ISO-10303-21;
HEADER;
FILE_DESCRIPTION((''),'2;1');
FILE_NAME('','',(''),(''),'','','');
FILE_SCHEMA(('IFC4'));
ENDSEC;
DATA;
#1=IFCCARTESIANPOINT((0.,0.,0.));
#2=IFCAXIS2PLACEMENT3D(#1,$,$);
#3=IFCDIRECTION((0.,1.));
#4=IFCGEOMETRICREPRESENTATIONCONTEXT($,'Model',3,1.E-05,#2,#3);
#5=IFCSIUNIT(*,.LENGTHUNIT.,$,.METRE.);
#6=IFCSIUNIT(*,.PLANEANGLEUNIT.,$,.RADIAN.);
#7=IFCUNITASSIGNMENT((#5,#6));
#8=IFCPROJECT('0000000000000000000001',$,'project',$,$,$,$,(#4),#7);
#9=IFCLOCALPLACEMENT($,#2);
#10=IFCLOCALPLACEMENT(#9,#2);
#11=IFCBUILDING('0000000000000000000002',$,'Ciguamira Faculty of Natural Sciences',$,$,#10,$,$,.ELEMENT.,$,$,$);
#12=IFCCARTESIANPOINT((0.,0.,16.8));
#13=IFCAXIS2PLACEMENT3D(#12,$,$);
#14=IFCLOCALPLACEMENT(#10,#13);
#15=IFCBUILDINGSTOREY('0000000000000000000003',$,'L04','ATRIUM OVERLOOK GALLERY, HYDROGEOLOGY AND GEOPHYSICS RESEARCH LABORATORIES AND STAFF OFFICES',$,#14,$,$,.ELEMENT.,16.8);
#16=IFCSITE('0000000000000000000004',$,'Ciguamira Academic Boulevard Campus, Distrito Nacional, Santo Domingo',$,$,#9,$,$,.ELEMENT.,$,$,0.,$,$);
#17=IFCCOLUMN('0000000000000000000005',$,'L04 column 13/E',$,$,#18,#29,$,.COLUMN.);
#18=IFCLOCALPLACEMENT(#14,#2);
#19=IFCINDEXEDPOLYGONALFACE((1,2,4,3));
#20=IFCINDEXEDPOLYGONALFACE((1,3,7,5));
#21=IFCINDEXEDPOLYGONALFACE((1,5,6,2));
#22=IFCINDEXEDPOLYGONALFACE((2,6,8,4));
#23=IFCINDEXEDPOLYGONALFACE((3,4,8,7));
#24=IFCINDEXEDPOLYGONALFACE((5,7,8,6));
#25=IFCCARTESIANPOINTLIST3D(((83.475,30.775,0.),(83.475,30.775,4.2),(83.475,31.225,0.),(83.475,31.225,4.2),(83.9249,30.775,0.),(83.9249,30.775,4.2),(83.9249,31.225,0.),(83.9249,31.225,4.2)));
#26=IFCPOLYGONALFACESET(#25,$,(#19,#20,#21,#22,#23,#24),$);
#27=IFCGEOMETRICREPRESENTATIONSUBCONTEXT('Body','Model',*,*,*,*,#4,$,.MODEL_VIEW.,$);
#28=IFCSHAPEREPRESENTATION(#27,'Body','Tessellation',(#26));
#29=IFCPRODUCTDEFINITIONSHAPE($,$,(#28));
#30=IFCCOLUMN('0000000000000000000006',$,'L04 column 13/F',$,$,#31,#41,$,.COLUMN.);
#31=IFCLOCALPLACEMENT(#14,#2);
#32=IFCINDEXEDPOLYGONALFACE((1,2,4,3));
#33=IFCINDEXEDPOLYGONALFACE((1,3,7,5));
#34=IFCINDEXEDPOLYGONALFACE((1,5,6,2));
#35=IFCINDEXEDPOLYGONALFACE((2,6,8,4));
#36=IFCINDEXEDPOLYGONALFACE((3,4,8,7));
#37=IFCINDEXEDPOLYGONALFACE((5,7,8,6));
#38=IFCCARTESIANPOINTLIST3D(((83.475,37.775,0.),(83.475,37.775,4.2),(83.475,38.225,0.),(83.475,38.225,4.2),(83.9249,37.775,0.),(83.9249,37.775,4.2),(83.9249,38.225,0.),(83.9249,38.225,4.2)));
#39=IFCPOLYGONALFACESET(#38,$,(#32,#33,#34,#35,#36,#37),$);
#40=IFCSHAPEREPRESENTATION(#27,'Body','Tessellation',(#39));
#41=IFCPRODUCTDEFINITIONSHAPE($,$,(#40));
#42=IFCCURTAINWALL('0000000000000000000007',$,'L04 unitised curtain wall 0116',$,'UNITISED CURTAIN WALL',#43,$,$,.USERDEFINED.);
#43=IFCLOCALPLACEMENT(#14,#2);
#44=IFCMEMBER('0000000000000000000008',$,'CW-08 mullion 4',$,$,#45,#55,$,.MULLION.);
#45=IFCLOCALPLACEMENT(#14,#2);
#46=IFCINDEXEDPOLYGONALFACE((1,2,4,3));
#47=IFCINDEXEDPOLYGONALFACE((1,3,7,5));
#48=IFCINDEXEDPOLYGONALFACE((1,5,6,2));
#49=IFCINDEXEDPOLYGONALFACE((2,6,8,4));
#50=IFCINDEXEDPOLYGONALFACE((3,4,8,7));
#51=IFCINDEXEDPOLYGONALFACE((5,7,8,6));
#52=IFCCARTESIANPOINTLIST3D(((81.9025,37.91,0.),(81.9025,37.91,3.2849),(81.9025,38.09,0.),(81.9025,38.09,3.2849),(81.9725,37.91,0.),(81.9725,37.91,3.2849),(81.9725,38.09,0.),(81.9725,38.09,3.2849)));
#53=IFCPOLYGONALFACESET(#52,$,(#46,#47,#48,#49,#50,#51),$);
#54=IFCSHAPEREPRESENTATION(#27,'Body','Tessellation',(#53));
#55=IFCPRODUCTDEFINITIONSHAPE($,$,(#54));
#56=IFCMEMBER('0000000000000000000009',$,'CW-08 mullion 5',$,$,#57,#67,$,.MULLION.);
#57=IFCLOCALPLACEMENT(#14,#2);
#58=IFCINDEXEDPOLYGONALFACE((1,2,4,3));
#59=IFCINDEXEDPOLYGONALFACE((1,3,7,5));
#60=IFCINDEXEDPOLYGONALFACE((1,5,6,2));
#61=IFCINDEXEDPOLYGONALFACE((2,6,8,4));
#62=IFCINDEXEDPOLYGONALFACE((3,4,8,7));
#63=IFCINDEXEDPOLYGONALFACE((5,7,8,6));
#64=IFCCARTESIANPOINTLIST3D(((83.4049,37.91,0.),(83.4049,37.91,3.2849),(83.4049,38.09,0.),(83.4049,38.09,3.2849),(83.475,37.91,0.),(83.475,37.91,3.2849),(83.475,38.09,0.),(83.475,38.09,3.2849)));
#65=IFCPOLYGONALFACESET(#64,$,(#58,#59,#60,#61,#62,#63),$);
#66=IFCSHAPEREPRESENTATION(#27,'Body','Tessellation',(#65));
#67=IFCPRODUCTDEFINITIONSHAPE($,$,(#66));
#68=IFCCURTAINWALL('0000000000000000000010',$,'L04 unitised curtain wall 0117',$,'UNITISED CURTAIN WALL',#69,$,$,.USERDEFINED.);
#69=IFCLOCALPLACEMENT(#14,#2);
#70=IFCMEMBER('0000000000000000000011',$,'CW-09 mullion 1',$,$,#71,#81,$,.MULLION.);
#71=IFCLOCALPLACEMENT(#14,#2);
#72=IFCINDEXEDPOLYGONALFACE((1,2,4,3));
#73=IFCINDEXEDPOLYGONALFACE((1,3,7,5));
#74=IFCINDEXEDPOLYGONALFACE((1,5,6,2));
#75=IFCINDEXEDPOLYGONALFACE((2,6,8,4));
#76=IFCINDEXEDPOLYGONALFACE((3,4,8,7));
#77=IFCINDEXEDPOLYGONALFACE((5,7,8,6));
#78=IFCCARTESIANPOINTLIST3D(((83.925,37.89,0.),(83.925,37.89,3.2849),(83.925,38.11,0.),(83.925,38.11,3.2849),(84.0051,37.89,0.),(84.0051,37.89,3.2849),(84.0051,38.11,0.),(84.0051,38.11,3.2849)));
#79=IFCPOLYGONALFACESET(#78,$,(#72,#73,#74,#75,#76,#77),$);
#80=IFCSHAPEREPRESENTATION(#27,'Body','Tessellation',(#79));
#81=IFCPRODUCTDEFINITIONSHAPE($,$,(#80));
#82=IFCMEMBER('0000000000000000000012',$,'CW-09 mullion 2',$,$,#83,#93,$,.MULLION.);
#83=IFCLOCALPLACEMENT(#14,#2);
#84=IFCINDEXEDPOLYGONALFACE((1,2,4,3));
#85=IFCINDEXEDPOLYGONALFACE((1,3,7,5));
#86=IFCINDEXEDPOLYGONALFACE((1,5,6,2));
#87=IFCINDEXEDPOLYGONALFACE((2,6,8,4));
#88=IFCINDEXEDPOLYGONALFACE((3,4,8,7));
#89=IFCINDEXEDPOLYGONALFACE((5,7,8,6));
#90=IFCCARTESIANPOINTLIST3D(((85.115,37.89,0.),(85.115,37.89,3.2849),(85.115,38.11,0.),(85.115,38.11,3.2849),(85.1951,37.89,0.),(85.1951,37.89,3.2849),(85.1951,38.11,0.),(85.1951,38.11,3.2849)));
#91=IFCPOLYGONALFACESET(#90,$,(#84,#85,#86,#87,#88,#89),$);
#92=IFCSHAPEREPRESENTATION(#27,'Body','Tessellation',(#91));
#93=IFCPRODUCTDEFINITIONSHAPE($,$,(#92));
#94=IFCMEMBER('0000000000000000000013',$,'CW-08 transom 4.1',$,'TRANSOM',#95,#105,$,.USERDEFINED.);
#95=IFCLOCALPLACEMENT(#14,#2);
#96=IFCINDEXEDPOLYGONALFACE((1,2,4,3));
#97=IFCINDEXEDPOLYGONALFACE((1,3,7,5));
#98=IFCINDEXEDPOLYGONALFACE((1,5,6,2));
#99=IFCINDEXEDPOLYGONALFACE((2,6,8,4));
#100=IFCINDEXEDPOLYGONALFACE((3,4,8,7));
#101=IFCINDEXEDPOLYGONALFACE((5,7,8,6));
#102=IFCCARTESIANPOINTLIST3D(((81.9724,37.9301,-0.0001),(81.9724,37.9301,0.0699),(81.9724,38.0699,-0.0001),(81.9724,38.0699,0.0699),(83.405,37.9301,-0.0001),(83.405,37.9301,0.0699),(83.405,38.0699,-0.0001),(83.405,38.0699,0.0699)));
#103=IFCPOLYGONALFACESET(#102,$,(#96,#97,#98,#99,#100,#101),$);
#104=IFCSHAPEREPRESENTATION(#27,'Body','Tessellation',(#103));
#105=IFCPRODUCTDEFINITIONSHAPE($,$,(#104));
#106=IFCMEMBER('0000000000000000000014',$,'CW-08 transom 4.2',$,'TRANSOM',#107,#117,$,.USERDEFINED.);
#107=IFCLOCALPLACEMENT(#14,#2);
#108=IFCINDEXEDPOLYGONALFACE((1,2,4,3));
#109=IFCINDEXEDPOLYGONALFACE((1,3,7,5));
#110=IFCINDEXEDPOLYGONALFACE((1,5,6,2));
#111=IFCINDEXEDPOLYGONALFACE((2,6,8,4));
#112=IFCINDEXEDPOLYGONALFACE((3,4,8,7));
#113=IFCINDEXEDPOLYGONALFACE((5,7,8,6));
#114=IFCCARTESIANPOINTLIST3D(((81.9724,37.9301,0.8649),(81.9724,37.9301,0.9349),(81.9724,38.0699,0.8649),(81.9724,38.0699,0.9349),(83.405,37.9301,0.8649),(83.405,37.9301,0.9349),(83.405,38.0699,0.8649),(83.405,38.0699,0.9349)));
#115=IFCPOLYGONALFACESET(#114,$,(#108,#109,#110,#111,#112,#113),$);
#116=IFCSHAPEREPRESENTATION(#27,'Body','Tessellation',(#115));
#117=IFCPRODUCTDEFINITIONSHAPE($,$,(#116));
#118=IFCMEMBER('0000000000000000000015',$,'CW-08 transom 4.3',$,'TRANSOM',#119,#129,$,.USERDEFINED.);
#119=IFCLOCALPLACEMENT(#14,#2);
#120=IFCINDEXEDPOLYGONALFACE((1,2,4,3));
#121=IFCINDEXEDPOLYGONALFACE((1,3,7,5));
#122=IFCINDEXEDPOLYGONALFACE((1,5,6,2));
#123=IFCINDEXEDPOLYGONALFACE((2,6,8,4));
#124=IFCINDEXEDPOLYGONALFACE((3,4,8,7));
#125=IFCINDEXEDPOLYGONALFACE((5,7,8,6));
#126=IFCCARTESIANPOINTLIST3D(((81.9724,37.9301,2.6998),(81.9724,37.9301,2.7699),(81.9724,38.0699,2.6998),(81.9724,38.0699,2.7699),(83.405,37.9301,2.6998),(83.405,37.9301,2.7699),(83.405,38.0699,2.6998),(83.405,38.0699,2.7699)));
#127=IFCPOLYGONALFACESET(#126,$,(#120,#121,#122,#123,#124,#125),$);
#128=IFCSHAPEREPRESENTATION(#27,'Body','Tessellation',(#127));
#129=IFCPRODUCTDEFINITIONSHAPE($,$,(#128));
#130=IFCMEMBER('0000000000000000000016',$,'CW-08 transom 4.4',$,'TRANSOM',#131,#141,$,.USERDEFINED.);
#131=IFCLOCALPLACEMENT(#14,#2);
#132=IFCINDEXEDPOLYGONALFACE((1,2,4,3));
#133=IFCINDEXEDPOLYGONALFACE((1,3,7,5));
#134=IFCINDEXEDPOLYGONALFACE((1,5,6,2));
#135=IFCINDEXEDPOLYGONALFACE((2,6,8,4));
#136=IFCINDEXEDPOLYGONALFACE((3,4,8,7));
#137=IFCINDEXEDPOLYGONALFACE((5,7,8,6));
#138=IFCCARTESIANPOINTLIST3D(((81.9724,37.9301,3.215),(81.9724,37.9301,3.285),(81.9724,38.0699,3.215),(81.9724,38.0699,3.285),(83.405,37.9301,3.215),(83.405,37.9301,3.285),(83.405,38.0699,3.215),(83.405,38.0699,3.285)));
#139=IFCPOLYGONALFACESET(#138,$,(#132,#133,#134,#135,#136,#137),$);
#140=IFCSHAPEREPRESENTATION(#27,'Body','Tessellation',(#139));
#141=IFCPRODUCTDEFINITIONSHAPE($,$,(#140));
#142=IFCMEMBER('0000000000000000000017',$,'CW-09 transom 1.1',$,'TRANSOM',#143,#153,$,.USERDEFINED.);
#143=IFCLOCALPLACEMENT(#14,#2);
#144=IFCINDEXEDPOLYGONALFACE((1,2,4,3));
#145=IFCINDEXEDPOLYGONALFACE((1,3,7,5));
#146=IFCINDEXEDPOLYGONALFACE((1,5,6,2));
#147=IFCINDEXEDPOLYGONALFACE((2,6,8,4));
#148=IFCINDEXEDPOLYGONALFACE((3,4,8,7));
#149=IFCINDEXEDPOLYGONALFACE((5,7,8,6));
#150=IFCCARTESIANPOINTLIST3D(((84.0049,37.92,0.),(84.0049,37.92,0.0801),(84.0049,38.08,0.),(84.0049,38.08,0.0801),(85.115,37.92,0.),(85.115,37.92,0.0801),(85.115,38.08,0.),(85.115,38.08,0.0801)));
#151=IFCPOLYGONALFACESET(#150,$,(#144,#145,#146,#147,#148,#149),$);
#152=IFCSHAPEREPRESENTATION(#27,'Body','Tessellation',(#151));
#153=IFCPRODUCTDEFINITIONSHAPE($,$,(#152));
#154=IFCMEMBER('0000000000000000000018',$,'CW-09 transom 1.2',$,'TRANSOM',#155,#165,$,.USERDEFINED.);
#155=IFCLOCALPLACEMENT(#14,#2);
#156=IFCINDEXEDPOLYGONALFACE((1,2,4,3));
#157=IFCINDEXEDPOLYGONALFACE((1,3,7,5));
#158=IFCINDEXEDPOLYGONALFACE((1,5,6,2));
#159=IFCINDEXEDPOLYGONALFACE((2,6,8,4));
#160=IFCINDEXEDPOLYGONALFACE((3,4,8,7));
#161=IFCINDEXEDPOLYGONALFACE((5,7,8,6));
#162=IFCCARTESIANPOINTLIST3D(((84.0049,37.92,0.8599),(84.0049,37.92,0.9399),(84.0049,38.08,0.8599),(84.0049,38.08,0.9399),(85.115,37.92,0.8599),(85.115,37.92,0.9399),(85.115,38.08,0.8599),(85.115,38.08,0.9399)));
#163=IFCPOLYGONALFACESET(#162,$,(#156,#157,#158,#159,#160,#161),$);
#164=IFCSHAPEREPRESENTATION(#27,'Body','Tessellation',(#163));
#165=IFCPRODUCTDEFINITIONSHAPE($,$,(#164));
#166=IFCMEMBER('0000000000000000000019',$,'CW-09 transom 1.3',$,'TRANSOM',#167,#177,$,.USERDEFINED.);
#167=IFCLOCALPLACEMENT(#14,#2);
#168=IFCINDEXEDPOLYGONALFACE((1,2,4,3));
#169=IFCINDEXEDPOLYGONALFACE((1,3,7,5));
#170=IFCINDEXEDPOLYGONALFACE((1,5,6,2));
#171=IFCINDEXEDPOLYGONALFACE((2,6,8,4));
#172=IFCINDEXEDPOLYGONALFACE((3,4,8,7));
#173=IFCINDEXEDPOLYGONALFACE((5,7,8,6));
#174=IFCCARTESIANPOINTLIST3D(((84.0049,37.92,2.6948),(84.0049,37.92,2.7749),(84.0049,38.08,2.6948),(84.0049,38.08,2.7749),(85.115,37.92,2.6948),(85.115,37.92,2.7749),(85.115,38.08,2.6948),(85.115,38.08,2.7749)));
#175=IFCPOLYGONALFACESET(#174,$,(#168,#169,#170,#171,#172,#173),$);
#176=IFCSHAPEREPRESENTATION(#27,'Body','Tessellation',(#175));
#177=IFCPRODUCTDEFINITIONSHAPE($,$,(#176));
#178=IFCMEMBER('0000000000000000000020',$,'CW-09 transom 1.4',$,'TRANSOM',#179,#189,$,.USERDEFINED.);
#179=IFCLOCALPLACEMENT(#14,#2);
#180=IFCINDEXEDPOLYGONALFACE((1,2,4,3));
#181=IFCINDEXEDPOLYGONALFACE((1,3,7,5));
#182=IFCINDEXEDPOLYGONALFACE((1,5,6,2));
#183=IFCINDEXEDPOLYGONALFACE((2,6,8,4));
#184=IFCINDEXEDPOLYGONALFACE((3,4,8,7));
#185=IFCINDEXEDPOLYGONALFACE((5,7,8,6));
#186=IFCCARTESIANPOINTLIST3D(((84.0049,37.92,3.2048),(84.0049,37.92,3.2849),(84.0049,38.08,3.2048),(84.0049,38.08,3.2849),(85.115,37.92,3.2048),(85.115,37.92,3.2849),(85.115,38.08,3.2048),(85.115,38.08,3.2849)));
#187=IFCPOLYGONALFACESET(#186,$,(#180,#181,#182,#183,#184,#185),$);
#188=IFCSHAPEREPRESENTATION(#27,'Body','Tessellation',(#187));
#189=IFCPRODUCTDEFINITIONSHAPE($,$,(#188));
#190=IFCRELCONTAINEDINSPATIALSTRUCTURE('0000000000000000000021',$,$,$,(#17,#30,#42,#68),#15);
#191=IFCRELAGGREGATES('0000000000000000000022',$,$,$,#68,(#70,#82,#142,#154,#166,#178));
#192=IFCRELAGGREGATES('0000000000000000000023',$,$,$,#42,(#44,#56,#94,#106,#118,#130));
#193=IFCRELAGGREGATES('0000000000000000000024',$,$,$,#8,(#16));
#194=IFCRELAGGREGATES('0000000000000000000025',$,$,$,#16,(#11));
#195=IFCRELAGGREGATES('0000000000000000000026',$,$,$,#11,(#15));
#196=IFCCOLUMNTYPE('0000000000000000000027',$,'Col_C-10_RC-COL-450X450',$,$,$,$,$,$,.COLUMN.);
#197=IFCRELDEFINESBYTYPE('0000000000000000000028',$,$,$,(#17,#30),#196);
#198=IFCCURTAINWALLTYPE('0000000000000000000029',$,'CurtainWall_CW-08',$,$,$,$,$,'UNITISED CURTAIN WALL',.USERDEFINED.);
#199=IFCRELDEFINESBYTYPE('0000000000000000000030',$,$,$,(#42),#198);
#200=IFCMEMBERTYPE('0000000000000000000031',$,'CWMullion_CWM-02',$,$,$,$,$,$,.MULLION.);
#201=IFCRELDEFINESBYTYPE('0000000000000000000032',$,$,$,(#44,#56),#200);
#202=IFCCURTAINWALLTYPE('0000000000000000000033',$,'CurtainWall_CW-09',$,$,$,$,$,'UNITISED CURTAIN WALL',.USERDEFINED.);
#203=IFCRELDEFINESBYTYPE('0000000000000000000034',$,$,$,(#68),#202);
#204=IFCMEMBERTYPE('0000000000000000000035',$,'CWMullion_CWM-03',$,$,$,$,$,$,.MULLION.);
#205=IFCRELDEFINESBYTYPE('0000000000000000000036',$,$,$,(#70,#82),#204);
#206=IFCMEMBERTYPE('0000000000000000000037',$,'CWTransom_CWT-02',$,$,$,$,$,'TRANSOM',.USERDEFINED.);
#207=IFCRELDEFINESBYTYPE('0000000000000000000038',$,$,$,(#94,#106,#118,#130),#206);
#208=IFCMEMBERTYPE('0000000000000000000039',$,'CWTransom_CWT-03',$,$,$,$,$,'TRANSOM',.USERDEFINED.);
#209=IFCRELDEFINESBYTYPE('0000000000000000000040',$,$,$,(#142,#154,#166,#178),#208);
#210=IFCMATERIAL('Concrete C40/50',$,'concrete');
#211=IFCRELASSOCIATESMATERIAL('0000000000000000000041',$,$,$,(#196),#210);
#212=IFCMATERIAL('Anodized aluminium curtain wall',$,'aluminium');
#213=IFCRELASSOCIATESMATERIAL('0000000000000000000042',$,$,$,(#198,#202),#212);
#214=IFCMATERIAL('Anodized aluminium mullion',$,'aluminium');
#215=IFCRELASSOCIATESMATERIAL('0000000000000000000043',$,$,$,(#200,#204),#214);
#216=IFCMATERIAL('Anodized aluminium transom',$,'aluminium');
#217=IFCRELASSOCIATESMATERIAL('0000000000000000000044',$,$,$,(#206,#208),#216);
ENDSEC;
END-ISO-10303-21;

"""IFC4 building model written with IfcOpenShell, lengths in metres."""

from ifc_helpers import new_model, si_unit, direction, frame, origin, origin_2d, place, context, subcontext, project, spatial, rectangle, extrude, material, material_profile, profile_set, type_object, element, aggregate, save


model = new_model("IFC4")

# Units and contexts
model_context = context("Model", 3, precision=1e-05, world=origin(), true_north=direction((0.0, 1.0)))
body_context = subcontext(model_context, "Body", "Model", "MODEL_VIEW")
ifc_project = project(units=[si_unit("LENGTHUNIT", "METRE"), si_unit("PLANEANGLEUNIT", "RADIAN")], contexts=[model_context])

# Site, building, storey
site_placement = place(None, origin())
site = spatial("IfcSite", under=ifc_project, at=site_placement, Name="Ciguamira Academic Boulevard Campus, Distrito Nacional, Santo Domingo", CompositionType="ELEMENT", RefElevation=0.0)
building_placement = place(site_placement, origin())
building = spatial("IfcBuilding", under=site, at=building_placement, Name="Ciguamira Faculty of Natural Sciences", CompositionType="ELEMENT")
storey_placement = place(building_placement, frame((0.0, 0.0, 16.8)))
storey = spatial("IfcBuildingStorey", under=building, at=storey_placement, Name="L04", Description="ATRIUM OVERLOOK GALLERY, HYDROGEOLOGY AND GEOPHYSICS RESEARCH LABORATORIES AND STAFF OFFICES", CompositionType="ELEMENT", Elevation=16.8)

# Columns
ifc_material_1 = material(Name="Concrete C40/50", Category="concrete")
ifc_material_profile_1 = material_profile(ifc_material_1, rectangle(XDim=0.45, YDim=0.45, at=origin_2d()), Name="RC-COL-450X450")
ifc_profile_set_1 = profile_set([ifc_material_profile_1], Name="Concrete C40/50")
column_type = type_object("IfcColumnType", Name="Col_C-10_RC-COL-450X450", PredefinedType="COLUMN", material=ifc_profile_set_1)
for number, where, z_axis, x_axis, name in (
    (1, (83.7, 31.0, 0.0), (0.0, 0.0, 1.0), (1.0, 0.0, 0.0), "L04 column 13/E"),
    (2, (83.7, 38.0, 0.0), (0.0, 0.0, 1.0), (1.0, 0.0, 0.0), "L04 column 13/F"),
):
    element("IfcColumn", number, at=place(storey_placement, frame(where, z_axis=z_axis, x_axis=x_axis)), inside=storey, type_object=column_type, Name=name, PredefinedType="COLUMN", context=body_context, shape_type="SweptSolid", body=[
        extrude(rectangle(XDim=0.45, YDim=0.45, at=origin_2d()), origin(), (0.0, 0.0, 1.0), 4.2),
    ])

# Curtain walls, members
ifc_material_2 = material(Name="Anodized aluminium curtain wall", Category="aluminium")
curtain_wall_type_1 = type_object("IfcCurtainWallType", Name="CurtainWall_CW-08", ElementType="UNITISED CURTAIN WALL", PredefinedType="USERDEFINED", material=ifc_material_2)
curtain_wall_1_placement = place(storey_placement, origin())
curtain_wall_1 = element("IfcCurtainWall", 3, at=curtain_wall_1_placement, inside=storey, type_object=curtain_wall_type_1, Name="L04 unitised curtain wall 0116", ObjectType="UNITISED CURTAIN WALL", PredefinedType="USERDEFINED")
ifc_material_3 = material(Name="Anodized aluminium mullion", Category="aluminium")
ifc_material_profile_2 = material_profile(ifc_material_3, rectangle(XDim=0.0701, YDim=0.1799, at=origin_2d()), Name="ALU-MUL-70X180")
ifc_profile_set_2 = profile_set([ifc_material_profile_2], Name="Anodized aluminium mullion")
member_type_1 = type_object("IfcMemberType", Name="CWMullion_CWM-02", PredefinedType="MULLION", material=ifc_profile_set_2)
member_1_placement = place(storey_placement, frame((81.9375, 38.0, 0.0), z_axis=(0.0, 0.0, 1.0), x_axis=(1.0, 0.0, 0.0)))
member_1 = element("IfcMember", 4, at=member_1_placement, type_object=member_type_1, Name="CW-08 mullion 4", PredefinedType="MULLION", context=body_context, shape_type="SweptSolid", body=[
    extrude(rectangle(XDim=0.0701, YDim=0.1799, at=origin_2d()), origin(), (0.0, 0.0, 1.0), 3.2849),
])
member_2_placement = place(storey_placement, frame((83.4399, 38.0, 0.0), z_axis=(0.0, 0.0, 1.0), x_axis=(1.0, 0.0, 0.0)))
member_2 = element("IfcMember", 5, at=member_2_placement, type_object=member_type_1, Name="CW-08 mullion 5", PredefinedType="MULLION", context=body_context, shape_type="SweptSolid", body=[
    extrude(rectangle(XDim=0.0701, YDim=0.1799, at=origin_2d()), origin(), (0.0, 0.0, 1.0), 3.2849),
])
curtain_wall_type_2 = type_object("IfcCurtainWallType", Name="CurtainWall_CW-09", ElementType="UNITISED CURTAIN WALL", PredefinedType="USERDEFINED", material=ifc_material_2)
curtain_wall_2_placement = place(storey_placement, origin())
curtain_wall_2 = element("IfcCurtainWall", 6, at=curtain_wall_2_placement, inside=storey, type_object=curtain_wall_type_2, Name="L04 unitised curtain wall 0117", ObjectType="UNITISED CURTAIN WALL", PredefinedType="USERDEFINED")
ifc_material_profile_3 = material_profile(ifc_material_3, rectangle(XDim=0.0801, YDim=0.22, at=origin_2d()), Name="ALU-MUL-80X220")
ifc_profile_set_3 = profile_set([ifc_material_profile_3], Name="Anodized aluminium mullion")
member_type_2 = type_object("IfcMemberType", Name="CWMullion_CWM-03", PredefinedType="MULLION", material=ifc_profile_set_3)
member_3_placement = place(storey_placement, frame((83.9651, 38.0, 0.0), z_axis=(0.0, 0.0, 1.0), x_axis=(1.0, 0.0, 0.0)))
member_3 = element("IfcMember", 7, at=member_3_placement, type_object=member_type_2, Name="CW-09 mullion 1", PredefinedType="MULLION", context=body_context, shape_type="SweptSolid", body=[
    extrude(rectangle(XDim=0.0801, YDim=0.22, at=origin_2d()), origin(), (0.0, 0.0, 1.0), 3.2849),
])
member_4_placement = place(storey_placement, frame((85.155, 38.0, 0.0), z_axis=(0.0, 0.0, 1.0), x_axis=(1.0, 0.0, 0.0)))
member_4 = element("IfcMember", 8, at=member_4_placement, type_object=member_type_2, Name="CW-09 mullion 2", PredefinedType="MULLION", context=body_context, shape_type="SweptSolid", body=[
    extrude(rectangle(XDim=0.0801, YDim=0.22, at=origin_2d()), origin(), (0.0, 0.0, 1.0), 3.2849),
])

# Members
ifc_material_4 = material(Name="Anodized aluminium transom", Category="aluminium")
ifc_material_profile_4 = material_profile(ifc_material_4, rectangle(XDim=0.0701, YDim=0.1399, at=origin_2d()), Name="ALU-TRN-70X140")
ifc_profile_set_4 = profile_set([ifc_material_profile_4], Name="Anodized aluminium transom")
member_type_3 = type_object("IfcMemberType", Name="CWTransom_CWT-02", ElementType="TRANSOM", PredefinedType="USERDEFINED", material=ifc_profile_set_4)
member_5_placement = place(storey_placement, frame((81.9724, 38.0, 0.0349), z_axis=(1.0, 0.0, 0.0), x_axis=(0.0, 0.0, 1.0)))
member_5 = element("IfcMember", 9, at=member_5_placement, type_object=member_type_3, Name="CW-08 transom 4.1", ObjectType="TRANSOM", PredefinedType="USERDEFINED", context=body_context, shape_type="SweptSolid", body=[
    extrude(rectangle(XDim=0.0701, YDim=0.1399, at=origin_2d()), origin(), (0.0, 0.0, 1.0), 1.4326),
])
member_6_placement = place(storey_placement, frame((81.9724, 38.0, 0.8999), z_axis=(1.0, 0.0, 0.0), x_axis=(0.0, 0.0, 1.0)))
member_6 = element("IfcMember", 10, at=member_6_placement, type_object=member_type_3, Name="CW-08 transom 4.2", ObjectType="TRANSOM", PredefinedType="USERDEFINED", context=body_context, shape_type="SweptSolid", body=[
    extrude(rectangle(XDim=0.0701, YDim=0.1399, at=origin_2d()), origin(), (0.0, 0.0, 1.0), 1.4326),
])
member_7_placement = place(storey_placement, frame((81.9724, 38.0, 2.7349), z_axis=(1.0, 0.0, 0.0), x_axis=(0.0, 0.0, 1.0)))
member_7 = element("IfcMember", 11, at=member_7_placement, type_object=member_type_3, Name="CW-08 transom 4.3", ObjectType="TRANSOM", PredefinedType="USERDEFINED", context=body_context, shape_type="SweptSolid", body=[
    extrude(rectangle(XDim=0.0701, YDim=0.1399, at=origin_2d()), origin(), (0.0, 0.0, 1.0), 1.4326),
])
member_8_placement = place(storey_placement, frame((81.9724, 38.0, 3.25), z_axis=(1.0, 0.0, 0.0), x_axis=(0.0, 0.0, 1.0)))
member_8 = element("IfcMember", 12, at=member_8_placement, type_object=member_type_3, Name="CW-08 transom 4.4", ObjectType="TRANSOM", PredefinedType="USERDEFINED", context=body_context, shape_type="SweptSolid", body=[
    extrude(rectangle(XDim=0.0701, YDim=0.1399, at=origin_2d()), origin(), (0.0, 0.0, 1.0), 1.4326),
])
ifc_material_profile_5 = material_profile(ifc_material_4, rectangle(XDim=0.0801, YDim=0.1599, at=origin_2d()), Name="ALU-TRN-80X160")
ifc_profile_set_5 = profile_set([ifc_material_profile_5], Name="Anodized aluminium transom")
member_type_4 = type_object("IfcMemberType", Name="CWTransom_CWT-03", ElementType="TRANSOM", PredefinedType="USERDEFINED", material=ifc_profile_set_5)
member_9_placement = place(storey_placement, frame((84.0049, 38.0, 0.04), z_axis=(1.0, 0.0, 0.0), x_axis=(0.0, 0.0, 1.0)))
member_9 = element("IfcMember", 13, at=member_9_placement, type_object=member_type_4, Name="CW-09 transom 1.1", ObjectType="TRANSOM", PredefinedType="USERDEFINED", context=body_context, shape_type="SweptSolid", body=[
    extrude(rectangle(XDim=0.0801, YDim=0.1599, at=origin_2d()), origin(), (0.0, 0.0, 1.0), 1.1101),
])
member_10_placement = place(storey_placement, frame((84.0049, 38.0, 0.8999), z_axis=(1.0, 0.0, 0.0), x_axis=(0.0, 0.0, 1.0)))
member_10 = element("IfcMember", 14, at=member_10_placement, type_object=member_type_4, Name="CW-09 transom 1.2", ObjectType="TRANSOM", PredefinedType="USERDEFINED", context=body_context, shape_type="SweptSolid", body=[
    extrude(rectangle(XDim=0.0801, YDim=0.1599, at=origin_2d()), origin(), (0.0, 0.0, 1.0), 1.1101),
])
member_11_placement = place(storey_placement, frame((84.0049, 38.0, 2.7349), z_axis=(1.0, 0.0, 0.0), x_axis=(0.0, 0.0, 1.0)))
member_11 = element("IfcMember", 15, at=member_11_placement, type_object=member_type_4, Name="CW-09 transom 1.3", ObjectType="TRANSOM", PredefinedType="USERDEFINED", context=body_context, shape_type="SweptSolid", body=[
    extrude(rectangle(XDim=0.0801, YDim=0.1599, at=origin_2d()), origin(), (0.0, 0.0, 1.0), 1.1101),
])
member_12_placement = place(storey_placement, frame((84.0049, 38.0, 3.2449), z_axis=(1.0, 0.0, 0.0), x_axis=(0.0, 0.0, 1.0)))
member_12 = element("IfcMember", 16, at=member_12_placement, type_object=member_type_4, Name="CW-09 transom 1.4", ObjectType="TRANSOM", PredefinedType="USERDEFINED", context=body_context, shape_type="SweptSolid", body=[
    extrude(rectangle(XDim=0.0801, YDim=0.1599, at=origin_2d()), origin(), (0.0, 0.0, 1.0), 1.1101),
])

aggregate(curtain_wall_2, [member_3, member_4, member_9, member_10, member_11, member_12])
aggregate(curtain_wall_1, [member_1, member_2, member_5, member_6, member_7, member_8])

save(model, "model.ifc")
